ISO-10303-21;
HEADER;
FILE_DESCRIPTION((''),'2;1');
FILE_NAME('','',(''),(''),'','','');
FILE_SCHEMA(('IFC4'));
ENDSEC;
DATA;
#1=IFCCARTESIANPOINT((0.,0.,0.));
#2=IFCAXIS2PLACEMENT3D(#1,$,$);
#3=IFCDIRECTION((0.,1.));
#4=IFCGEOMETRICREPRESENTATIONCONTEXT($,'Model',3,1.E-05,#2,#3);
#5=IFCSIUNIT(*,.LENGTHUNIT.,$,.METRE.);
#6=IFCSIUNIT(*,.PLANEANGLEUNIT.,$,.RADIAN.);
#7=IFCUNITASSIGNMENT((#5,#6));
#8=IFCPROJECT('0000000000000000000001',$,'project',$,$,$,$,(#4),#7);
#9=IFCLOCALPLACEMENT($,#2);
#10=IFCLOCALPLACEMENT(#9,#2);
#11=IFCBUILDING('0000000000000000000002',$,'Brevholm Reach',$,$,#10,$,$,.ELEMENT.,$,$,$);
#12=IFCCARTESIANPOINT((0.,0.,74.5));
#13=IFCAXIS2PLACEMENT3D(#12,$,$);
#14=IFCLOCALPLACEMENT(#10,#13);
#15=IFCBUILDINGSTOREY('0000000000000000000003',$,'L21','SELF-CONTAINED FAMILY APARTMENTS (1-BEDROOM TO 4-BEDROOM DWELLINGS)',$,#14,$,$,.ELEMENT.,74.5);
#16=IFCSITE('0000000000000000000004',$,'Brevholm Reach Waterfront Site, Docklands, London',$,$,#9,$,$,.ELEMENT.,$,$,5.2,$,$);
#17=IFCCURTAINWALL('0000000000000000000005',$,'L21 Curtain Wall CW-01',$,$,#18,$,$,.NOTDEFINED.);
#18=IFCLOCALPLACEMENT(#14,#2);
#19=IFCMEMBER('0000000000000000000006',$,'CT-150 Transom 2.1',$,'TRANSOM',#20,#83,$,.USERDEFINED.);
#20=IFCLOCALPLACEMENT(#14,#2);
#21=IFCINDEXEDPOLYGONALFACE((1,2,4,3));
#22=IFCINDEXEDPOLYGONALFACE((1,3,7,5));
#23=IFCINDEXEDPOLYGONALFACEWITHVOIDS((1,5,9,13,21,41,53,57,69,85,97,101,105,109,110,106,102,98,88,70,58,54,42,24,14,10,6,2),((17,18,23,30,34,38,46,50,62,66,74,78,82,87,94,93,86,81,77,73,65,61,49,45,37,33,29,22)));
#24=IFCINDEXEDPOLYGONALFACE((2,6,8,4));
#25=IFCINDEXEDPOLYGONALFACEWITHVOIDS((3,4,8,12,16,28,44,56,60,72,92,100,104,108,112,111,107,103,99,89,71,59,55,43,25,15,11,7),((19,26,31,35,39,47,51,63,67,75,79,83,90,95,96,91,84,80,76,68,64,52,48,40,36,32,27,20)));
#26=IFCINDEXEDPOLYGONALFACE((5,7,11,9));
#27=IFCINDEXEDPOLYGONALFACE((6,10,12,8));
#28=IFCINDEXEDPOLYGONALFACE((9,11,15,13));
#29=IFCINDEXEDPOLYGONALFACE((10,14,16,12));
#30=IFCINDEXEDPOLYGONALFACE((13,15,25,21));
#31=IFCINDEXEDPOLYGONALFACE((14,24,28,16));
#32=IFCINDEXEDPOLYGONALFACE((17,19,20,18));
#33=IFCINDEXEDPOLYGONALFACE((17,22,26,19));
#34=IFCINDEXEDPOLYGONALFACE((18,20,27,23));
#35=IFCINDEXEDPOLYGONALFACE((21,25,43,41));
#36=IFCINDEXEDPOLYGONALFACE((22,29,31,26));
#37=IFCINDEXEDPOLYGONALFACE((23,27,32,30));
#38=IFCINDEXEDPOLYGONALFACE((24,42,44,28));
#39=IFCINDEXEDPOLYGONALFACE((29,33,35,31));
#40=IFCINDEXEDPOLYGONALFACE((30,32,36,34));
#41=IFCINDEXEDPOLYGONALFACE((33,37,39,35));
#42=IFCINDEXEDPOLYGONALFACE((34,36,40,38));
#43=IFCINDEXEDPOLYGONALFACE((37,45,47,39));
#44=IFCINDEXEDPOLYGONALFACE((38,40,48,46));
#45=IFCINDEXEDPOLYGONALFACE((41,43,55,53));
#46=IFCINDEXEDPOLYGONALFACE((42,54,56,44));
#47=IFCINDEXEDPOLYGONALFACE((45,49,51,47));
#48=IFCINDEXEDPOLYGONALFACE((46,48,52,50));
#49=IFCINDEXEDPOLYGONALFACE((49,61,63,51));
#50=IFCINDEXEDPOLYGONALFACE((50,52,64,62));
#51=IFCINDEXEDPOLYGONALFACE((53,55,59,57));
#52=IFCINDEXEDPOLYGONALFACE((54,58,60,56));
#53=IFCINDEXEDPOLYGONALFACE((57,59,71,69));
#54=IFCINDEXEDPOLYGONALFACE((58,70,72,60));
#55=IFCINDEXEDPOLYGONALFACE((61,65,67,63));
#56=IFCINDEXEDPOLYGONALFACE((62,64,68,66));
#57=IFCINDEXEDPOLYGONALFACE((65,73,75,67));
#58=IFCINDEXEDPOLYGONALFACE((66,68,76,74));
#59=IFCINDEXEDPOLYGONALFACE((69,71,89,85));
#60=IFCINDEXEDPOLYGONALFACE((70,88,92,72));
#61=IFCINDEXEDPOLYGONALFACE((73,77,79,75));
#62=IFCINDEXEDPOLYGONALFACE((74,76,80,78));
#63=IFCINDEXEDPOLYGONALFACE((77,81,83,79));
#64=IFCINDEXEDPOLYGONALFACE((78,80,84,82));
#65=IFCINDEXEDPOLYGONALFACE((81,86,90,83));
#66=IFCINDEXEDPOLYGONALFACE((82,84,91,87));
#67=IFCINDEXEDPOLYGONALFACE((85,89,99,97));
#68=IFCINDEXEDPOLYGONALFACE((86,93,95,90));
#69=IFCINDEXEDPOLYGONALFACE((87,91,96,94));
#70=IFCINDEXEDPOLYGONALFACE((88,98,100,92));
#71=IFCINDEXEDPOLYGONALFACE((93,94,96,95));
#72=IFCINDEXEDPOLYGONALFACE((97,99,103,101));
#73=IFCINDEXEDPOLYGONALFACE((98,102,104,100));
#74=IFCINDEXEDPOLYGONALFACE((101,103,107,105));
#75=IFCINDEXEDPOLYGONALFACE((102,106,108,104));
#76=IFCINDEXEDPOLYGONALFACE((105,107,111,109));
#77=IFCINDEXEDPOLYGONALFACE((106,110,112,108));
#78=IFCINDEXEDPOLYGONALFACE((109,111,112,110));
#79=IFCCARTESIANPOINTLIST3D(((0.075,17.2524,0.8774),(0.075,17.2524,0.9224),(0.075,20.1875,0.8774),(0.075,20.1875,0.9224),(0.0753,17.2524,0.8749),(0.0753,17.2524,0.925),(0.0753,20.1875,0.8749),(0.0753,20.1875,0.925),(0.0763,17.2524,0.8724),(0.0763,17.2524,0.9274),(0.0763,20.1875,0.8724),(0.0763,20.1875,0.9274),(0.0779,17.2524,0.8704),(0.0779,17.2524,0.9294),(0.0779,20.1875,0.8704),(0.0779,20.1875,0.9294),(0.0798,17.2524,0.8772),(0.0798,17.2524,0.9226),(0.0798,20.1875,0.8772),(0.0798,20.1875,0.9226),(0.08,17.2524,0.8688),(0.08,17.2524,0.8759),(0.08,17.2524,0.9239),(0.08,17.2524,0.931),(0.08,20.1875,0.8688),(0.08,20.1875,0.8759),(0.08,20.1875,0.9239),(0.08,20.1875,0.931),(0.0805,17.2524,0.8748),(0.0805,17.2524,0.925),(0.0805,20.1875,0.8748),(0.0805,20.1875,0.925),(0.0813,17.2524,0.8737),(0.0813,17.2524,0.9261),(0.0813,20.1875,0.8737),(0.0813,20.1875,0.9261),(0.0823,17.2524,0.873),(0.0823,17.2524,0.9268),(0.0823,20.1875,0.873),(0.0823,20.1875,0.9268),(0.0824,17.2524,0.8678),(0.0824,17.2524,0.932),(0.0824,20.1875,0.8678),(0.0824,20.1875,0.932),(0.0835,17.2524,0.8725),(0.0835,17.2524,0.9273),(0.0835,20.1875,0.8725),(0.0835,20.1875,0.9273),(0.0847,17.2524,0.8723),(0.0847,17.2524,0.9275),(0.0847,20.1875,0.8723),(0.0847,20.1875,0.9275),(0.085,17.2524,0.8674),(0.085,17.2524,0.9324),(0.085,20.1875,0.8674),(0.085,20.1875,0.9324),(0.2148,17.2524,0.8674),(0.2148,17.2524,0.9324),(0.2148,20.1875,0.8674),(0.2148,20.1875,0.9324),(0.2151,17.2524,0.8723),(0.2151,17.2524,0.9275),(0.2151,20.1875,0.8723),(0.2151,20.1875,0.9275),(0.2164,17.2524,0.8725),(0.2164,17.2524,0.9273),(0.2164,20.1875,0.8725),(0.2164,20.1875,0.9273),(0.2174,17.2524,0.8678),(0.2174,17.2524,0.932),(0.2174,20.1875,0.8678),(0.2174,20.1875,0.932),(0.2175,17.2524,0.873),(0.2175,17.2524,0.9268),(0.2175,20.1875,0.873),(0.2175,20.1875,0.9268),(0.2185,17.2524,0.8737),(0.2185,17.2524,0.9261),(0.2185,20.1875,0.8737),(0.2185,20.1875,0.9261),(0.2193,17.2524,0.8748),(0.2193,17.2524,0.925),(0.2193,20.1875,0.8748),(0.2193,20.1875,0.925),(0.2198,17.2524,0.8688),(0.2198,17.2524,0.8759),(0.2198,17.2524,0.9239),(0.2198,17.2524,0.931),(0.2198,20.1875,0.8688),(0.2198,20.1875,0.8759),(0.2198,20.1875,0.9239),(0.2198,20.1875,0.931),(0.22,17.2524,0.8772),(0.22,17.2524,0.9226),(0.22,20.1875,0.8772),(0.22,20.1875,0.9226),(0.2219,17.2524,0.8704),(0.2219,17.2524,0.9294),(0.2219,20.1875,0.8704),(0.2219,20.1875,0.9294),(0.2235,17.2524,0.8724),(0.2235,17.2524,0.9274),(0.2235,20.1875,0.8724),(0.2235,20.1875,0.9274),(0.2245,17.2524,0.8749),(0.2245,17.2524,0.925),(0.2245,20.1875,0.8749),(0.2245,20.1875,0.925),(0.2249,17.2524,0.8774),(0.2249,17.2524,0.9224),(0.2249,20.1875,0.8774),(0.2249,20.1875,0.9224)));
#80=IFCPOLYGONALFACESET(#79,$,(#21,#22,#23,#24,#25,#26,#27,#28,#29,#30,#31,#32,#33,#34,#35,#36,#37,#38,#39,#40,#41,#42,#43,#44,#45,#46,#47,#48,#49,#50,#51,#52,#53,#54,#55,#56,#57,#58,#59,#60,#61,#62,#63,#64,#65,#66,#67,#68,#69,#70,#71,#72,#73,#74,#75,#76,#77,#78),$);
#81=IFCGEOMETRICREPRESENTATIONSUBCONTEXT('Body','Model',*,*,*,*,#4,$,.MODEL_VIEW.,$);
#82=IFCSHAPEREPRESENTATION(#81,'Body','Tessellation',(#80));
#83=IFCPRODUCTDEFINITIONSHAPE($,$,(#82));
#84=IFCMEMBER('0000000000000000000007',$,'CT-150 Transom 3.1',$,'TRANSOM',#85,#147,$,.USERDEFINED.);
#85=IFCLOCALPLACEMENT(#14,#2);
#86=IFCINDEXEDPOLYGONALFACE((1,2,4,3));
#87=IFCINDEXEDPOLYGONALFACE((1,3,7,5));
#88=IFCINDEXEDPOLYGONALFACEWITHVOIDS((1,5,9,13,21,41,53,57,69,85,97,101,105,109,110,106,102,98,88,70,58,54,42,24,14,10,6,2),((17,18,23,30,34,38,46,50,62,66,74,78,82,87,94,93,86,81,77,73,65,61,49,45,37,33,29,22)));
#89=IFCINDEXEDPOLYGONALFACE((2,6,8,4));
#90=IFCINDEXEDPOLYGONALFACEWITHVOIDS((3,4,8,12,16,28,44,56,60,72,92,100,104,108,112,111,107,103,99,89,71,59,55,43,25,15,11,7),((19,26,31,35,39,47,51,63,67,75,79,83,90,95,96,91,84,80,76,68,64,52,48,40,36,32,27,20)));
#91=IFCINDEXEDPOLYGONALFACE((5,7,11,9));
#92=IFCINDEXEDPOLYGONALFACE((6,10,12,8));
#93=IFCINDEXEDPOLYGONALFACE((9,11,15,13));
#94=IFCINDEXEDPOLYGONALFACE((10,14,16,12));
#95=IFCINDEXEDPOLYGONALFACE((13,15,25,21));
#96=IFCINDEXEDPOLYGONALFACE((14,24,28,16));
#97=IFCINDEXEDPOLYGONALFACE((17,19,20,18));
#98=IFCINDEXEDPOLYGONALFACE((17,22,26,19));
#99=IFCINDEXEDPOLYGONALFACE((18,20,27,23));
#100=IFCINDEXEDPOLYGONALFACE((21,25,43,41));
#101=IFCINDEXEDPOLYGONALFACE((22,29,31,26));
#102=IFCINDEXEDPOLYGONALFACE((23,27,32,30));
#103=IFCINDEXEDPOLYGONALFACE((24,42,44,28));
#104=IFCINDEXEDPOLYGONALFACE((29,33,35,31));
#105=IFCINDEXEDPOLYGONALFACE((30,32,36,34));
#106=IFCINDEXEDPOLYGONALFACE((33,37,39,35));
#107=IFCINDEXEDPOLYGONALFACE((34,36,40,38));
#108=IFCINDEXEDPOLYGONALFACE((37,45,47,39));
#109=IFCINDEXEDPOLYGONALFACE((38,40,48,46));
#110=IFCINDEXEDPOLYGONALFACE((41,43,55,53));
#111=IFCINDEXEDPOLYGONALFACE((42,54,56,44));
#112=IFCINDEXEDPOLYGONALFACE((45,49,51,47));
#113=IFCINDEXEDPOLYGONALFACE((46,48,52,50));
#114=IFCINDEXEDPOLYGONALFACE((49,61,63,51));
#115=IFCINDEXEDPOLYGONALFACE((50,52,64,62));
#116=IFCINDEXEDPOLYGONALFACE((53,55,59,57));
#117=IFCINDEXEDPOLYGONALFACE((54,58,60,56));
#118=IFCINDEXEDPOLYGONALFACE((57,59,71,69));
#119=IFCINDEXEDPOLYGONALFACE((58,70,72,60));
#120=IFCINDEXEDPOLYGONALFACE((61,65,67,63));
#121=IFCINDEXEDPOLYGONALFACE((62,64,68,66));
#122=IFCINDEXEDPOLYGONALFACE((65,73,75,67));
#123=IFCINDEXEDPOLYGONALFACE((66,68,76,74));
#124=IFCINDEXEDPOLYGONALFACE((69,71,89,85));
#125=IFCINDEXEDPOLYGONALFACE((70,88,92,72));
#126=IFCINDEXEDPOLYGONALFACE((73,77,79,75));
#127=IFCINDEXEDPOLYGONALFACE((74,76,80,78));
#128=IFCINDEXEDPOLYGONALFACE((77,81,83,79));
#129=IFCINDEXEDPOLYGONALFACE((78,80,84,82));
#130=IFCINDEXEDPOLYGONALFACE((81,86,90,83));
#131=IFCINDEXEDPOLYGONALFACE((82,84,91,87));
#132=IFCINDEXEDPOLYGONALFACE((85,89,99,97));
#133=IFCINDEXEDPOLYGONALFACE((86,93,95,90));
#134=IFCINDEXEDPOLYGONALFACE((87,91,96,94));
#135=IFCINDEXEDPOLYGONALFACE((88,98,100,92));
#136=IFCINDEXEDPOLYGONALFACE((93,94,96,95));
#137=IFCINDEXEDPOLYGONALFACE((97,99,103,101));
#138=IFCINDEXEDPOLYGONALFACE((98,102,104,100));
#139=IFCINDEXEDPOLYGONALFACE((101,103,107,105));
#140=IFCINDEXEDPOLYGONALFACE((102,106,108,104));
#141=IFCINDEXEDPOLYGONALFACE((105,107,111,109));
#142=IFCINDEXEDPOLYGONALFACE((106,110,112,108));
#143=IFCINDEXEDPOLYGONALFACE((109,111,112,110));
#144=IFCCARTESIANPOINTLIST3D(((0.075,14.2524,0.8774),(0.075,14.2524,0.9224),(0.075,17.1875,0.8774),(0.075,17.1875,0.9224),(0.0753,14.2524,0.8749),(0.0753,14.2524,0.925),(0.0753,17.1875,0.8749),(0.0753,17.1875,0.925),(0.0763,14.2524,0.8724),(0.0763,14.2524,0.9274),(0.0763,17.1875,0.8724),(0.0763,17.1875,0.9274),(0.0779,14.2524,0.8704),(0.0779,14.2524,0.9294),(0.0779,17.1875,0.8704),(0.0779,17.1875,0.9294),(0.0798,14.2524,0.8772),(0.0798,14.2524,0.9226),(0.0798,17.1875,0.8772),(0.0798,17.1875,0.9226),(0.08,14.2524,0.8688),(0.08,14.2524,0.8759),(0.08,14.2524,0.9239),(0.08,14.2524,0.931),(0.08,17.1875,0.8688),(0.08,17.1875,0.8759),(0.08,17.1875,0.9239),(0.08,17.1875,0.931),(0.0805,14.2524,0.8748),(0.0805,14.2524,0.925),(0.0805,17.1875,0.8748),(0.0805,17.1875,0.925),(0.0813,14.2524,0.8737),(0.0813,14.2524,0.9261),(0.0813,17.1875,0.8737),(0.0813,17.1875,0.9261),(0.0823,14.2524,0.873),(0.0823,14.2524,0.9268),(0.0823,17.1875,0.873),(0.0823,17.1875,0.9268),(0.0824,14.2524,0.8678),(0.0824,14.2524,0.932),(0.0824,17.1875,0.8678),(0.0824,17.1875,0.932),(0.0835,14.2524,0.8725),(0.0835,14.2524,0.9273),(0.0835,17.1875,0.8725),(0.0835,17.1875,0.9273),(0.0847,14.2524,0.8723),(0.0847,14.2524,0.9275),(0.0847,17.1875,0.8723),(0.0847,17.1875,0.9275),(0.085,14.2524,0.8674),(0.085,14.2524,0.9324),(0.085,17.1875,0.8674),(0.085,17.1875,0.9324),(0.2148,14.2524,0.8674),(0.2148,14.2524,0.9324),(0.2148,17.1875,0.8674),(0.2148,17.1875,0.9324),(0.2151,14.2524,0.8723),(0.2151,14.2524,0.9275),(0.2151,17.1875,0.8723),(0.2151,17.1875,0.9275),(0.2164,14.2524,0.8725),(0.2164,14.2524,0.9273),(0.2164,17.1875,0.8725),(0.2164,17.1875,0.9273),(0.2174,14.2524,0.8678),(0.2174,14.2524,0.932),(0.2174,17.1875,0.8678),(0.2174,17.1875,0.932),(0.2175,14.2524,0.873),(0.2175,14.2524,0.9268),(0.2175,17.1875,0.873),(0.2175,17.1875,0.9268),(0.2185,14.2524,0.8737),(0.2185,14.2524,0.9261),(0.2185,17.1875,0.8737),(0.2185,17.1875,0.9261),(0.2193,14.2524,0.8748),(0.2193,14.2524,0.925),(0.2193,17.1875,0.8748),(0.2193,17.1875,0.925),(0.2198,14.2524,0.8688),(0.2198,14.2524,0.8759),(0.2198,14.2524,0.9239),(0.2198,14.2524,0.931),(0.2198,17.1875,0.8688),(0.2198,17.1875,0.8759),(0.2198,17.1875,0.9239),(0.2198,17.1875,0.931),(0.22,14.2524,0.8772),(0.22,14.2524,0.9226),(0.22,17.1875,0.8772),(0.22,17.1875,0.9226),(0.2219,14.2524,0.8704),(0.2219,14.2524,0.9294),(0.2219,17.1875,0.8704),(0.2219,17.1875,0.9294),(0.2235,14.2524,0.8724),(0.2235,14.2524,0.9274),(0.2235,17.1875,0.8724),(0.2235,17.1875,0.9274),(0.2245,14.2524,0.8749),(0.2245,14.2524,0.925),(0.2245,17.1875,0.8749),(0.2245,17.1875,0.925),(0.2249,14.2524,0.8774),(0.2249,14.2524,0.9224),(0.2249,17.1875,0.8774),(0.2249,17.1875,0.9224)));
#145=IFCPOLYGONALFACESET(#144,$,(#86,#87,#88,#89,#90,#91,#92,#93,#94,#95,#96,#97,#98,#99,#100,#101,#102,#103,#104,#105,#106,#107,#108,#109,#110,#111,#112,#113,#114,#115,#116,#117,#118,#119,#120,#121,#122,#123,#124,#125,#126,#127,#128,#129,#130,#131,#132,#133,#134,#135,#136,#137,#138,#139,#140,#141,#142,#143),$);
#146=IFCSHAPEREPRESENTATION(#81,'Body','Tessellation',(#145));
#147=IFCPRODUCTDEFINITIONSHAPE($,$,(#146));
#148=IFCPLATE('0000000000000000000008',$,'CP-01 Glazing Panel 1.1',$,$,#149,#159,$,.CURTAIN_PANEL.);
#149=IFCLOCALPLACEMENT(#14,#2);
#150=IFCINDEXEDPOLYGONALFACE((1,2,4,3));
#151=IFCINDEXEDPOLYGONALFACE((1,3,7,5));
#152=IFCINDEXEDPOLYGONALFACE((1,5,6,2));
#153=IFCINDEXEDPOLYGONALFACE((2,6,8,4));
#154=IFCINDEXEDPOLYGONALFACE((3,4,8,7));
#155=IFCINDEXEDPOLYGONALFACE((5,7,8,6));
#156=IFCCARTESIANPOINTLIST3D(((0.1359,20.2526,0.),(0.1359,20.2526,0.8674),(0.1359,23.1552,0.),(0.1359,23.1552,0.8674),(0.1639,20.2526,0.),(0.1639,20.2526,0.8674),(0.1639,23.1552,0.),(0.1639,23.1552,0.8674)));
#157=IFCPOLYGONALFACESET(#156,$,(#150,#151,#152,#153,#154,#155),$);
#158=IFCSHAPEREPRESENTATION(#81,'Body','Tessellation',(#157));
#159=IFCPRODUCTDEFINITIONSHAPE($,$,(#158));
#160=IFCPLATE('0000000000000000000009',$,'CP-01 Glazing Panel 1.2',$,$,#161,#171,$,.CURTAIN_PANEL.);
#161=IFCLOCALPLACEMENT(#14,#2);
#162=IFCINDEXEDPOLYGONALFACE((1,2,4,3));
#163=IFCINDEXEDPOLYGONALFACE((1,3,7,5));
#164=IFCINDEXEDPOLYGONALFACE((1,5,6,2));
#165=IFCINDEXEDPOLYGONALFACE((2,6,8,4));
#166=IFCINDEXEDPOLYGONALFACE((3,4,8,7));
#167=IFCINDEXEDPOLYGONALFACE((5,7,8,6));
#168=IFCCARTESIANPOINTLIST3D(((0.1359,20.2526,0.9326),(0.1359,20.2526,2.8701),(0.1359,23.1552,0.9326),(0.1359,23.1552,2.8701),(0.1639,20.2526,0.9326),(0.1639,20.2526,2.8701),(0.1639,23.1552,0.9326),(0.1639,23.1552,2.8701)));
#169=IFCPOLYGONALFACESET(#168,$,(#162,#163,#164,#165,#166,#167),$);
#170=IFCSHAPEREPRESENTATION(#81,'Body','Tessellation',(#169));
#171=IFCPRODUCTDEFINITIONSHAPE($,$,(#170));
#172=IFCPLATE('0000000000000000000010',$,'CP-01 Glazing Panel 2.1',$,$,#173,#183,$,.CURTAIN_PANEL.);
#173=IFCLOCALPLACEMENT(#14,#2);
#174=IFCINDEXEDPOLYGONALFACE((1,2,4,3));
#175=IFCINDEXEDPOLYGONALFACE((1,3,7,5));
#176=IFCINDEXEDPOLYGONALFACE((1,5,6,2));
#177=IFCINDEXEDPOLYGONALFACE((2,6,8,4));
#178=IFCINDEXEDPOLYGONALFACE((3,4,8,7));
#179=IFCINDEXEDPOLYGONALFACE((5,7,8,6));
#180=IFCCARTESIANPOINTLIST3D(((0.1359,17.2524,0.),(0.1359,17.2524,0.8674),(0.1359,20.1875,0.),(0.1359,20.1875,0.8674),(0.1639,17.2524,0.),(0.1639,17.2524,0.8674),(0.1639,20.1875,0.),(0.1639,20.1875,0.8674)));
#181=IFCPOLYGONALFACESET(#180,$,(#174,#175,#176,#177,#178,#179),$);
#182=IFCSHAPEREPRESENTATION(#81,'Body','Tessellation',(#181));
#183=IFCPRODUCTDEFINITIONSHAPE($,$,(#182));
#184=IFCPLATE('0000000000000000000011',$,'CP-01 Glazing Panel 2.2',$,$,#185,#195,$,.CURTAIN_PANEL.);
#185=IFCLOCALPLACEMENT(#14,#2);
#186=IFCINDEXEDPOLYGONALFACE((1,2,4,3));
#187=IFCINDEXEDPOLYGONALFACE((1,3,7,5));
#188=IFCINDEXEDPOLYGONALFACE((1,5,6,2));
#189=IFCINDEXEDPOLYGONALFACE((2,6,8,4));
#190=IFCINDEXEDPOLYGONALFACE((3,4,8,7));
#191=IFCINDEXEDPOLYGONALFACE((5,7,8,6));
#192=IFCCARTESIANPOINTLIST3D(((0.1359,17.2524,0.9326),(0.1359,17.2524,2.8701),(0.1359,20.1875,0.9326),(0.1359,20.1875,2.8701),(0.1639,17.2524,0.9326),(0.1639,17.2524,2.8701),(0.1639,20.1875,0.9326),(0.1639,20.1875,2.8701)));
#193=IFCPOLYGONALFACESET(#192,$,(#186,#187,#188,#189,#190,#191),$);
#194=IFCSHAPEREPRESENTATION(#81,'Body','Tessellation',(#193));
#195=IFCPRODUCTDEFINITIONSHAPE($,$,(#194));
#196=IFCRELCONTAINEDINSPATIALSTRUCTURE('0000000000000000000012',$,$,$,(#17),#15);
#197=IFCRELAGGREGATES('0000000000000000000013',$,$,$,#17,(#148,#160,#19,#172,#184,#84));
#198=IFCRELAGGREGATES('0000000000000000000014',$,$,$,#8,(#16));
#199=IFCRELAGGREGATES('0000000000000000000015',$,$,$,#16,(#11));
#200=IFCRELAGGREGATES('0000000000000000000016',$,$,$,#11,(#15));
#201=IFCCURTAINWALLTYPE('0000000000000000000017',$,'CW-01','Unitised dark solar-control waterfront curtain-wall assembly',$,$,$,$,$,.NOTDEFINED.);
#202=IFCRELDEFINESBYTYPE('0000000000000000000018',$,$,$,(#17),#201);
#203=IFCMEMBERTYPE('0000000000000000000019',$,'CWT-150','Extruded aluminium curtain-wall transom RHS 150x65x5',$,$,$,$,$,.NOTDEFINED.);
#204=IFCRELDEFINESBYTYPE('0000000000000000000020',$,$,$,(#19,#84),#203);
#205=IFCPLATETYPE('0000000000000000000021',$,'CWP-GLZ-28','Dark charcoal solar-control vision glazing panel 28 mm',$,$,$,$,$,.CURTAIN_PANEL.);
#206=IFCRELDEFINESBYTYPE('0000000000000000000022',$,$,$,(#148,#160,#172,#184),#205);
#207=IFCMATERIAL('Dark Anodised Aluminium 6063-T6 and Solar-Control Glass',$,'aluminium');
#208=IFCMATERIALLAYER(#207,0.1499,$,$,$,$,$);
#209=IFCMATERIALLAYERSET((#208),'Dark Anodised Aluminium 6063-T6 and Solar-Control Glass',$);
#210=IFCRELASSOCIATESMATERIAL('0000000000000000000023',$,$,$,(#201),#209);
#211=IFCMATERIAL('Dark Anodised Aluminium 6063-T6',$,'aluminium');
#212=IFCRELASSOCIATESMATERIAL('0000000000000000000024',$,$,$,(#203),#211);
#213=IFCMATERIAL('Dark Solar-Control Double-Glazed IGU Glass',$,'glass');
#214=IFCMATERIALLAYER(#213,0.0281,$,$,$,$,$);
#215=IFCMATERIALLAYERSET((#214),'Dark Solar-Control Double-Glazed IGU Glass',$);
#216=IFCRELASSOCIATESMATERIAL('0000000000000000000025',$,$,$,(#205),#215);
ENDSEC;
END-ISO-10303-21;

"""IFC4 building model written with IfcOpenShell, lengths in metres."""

from ifc_helpers import new_model, si_unit, direction, frame, origin, origin_2d, place, context, subcontext, project, spatial, rectangle, hollow_rectangle, extrude, material, layer, layer_set, material_profile, profile_set, type_object, element, aggregate, save


model = new_model("IFC4")

# Units and contexts
model_context = context("Model", 3, precision=1e-05, world=origin(), true_north=direction((0.0, 1.0)))
body_context = subcontext(model_context, "Body", "Model", "MODEL_VIEW")
ifc_project = project(units=[si_unit("LENGTHUNIT", "METRE"), si_unit("PLANEANGLEUNIT", "RADIAN")], contexts=[model_context])

# Site, building, storey
site_placement = place(None, origin())
site = spatial("IfcSite", under=ifc_project, at=site_placement, Name="Brevholm Reach Waterfront Site, Docklands, London", CompositionType="ELEMENT", RefElevation=5.2)
building_placement = place(site_placement, origin())
building = spatial("IfcBuilding", under=site, at=building_placement, Name="Brevholm Reach", CompositionType="ELEMENT")
storey_placement = place(building_placement, frame((0.0, 0.0, 74.5)))
storey = spatial("IfcBuildingStorey", under=building, at=storey_placement, Name="L21", Description="SELF-CONTAINED FAMILY APARTMENTS (1-BEDROOM TO 4-BEDROOM DWELLINGS)", CompositionType="ELEMENT", Elevation=74.5)

# Curtain wall, members, plates
ifc_material_1 = material(Name="Dark Anodised Aluminium 6063-T6 and Solar-Control Glass", Category="aluminium")
ifc_layer_1 = layer(ifc_material_1, 0.1499)
ifc_layer_set_1 = layer_set([ifc_layer_1], Name="Dark Anodised Aluminium 6063-T6 and Solar-Control Glass")
curtain_wall_type = type_object("IfcCurtainWallType", Name="CW-01", Description="Unitised dark solar-control waterfront curtain-wall assembly", PredefinedType="NOTDEFINED", material=ifc_layer_set_1)
curtain_wall_placement = place(storey_placement, origin())
curtain_wall = element("IfcCurtainWall", 1, at=curtain_wall_placement, inside=storey, type_object=curtain_wall_type, Name="L21 Curtain Wall CW-01", PredefinedType="NOTDEFINED")
ifc_material_2 = material(Name="Dark Anodised Aluminium 6063-T6", Category="aluminium")
ifc_material_profile_1 = material_profile(ifc_material_2, hollow_rectangle(XDim=0.0649, YDim=0.1499, WallThickness=0.0049, InnerFilletRadius=0.0049, OuterFilletRadius=0.01, at=origin_2d()), Name="RHS 150x65x5")
ifc_profile_set_1 = profile_set([ifc_material_profile_1], Name="Dark Anodised Aluminium 6063-T6")
member_type_1 = type_object("IfcMemberType", Name="CWT-150", Description="Extruded aluminium curtain-wall transom RHS 150x65x5", PredefinedType="NOTDEFINED", material=ifc_profile_set_1)
member_1_placement = place(storey_placement, frame((0.1499, 20.1875, 0.8999), z_axis=(0.0, -1.0, 0.0), x_axis=(0.0, 0.0, 1.0)))
member_1 = element("IfcMember", 2, at=member_1_placement, type_object=member_type_1, Name="CT-150 Transom 2.1", ObjectType="TRANSOM", PredefinedType="USERDEFINED", context=body_context, shape_type="SweptSolid", body=[
    extrude(hollow_rectangle(XDim=0.0649, YDim=0.1499, WallThickness=0.0049, InnerFilletRadius=0.0049, OuterFilletRadius=0.01, at=origin_2d()), origin(), (0.0, 0.0, 1.0), 2.9351),
])
member_2_placement = place(storey_placement, frame((0.1499, 17.1875, 0.8999), z_axis=(0.0, -1.0, 0.0), x_axis=(0.0, 0.0, 1.0)))
member_2 = element("IfcMember", 3, at=member_2_placement, type_object=member_type_1, Name="CT-150 Transom 3.1", ObjectType="TRANSOM", PredefinedType="USERDEFINED", context=body_context, shape_type="SweptSolid", body=[
    extrude(hollow_rectangle(XDim=0.0649, YDim=0.1499, WallThickness=0.0049, InnerFilletRadius=0.0049, OuterFilletRadius=0.01, at=origin_2d()), origin(), (0.0, 0.0, 1.0), 2.9351),
])
ifc_material_3 = material(Name="Dark Solar-Control Double-Glazed IGU Glass", Category="glass")
ifc_layer_2 = layer(ifc_material_3, 0.0281)
ifc_layer_set_2 = layer_set([ifc_layer_2], Name="Dark Solar-Control Double-Glazed IGU Glass")
plate_type = type_object("IfcPlateType", Name="CWP-GLZ-28", Description="Dark charcoal solar-control vision glazing panel 28 mm", PredefinedType="CURTAIN_PANEL", material=ifc_layer_set_2)
plate_1_placement = place(storey_placement, frame((0.1499, 21.7039, 0.0), z_axis=(0.0, 0.0, 1.0), x_axis=(0.0, -1.0, 0.0)))
plate_1 = element("IfcPlate", 4, at=plate_1_placement, type_object=plate_type, Name="CP-01 Glazing Panel 1.1", PredefinedType="CURTAIN_PANEL", context=body_context, shape_type="SweptSolid", body=[
    extrude(rectangle(XDim=2.9026, YDim=0.0281, at=origin_2d()), origin(), (0.0, 0.0, 1.0), 0.8674),
])
plate_2_placement = place(storey_placement, frame((0.1499, 21.7039, 0.9326), z_axis=(0.0, 0.0, 1.0), x_axis=(0.0, -1.0, 0.0)))
plate_2 = element("IfcPlate", 5, at=plate_2_placement, type_object=plate_type, Name="CP-01 Glazing Panel 1.2", PredefinedType="CURTAIN_PANEL", context=body_context, shape_type="SweptSolid", body=[
    extrude(rectangle(XDim=2.9026, YDim=0.0281, at=origin_2d()), origin(), (0.0, 0.0, 1.0), 1.9375),
])
plate_3_placement = place(storey_placement, frame((0.1499, 18.72, 0.0), z_axis=(0.0, 0.0, 1.0), x_axis=(0.0, -1.0, 0.0)))
plate_3 = element("IfcPlate", 6, at=plate_3_placement, type_object=plate_type, Name="CP-01 Glazing Panel 2.1", PredefinedType="CURTAIN_PANEL", context=body_context, shape_type="SweptSolid", body=[
    extrude(rectangle(XDim=2.9351, YDim=0.0281, at=origin_2d()), origin(), (0.0, 0.0, 1.0), 0.8674),
])
plate_4_placement = place(storey_placement, frame((0.1499, 18.72, 0.9326), z_axis=(0.0, 0.0, 1.0), x_axis=(0.0, -1.0, 0.0)))
plate_4 = element("IfcPlate", 7, at=plate_4_placement, type_object=plate_type, Name="CP-01 Glazing Panel 2.2", PredefinedType="CURTAIN_PANEL", context=body_context, shape_type="SweptSolid", body=[
    extrude(rectangle(XDim=2.9351, YDim=0.0281, at=origin_2d()), origin(), (0.0, 0.0, 1.0), 1.9375),
])
aggregate(curtain_wall, [plate_1, plate_2, member_1, plate_3, plate_4, member_2])

save(model, "model.ifc")
